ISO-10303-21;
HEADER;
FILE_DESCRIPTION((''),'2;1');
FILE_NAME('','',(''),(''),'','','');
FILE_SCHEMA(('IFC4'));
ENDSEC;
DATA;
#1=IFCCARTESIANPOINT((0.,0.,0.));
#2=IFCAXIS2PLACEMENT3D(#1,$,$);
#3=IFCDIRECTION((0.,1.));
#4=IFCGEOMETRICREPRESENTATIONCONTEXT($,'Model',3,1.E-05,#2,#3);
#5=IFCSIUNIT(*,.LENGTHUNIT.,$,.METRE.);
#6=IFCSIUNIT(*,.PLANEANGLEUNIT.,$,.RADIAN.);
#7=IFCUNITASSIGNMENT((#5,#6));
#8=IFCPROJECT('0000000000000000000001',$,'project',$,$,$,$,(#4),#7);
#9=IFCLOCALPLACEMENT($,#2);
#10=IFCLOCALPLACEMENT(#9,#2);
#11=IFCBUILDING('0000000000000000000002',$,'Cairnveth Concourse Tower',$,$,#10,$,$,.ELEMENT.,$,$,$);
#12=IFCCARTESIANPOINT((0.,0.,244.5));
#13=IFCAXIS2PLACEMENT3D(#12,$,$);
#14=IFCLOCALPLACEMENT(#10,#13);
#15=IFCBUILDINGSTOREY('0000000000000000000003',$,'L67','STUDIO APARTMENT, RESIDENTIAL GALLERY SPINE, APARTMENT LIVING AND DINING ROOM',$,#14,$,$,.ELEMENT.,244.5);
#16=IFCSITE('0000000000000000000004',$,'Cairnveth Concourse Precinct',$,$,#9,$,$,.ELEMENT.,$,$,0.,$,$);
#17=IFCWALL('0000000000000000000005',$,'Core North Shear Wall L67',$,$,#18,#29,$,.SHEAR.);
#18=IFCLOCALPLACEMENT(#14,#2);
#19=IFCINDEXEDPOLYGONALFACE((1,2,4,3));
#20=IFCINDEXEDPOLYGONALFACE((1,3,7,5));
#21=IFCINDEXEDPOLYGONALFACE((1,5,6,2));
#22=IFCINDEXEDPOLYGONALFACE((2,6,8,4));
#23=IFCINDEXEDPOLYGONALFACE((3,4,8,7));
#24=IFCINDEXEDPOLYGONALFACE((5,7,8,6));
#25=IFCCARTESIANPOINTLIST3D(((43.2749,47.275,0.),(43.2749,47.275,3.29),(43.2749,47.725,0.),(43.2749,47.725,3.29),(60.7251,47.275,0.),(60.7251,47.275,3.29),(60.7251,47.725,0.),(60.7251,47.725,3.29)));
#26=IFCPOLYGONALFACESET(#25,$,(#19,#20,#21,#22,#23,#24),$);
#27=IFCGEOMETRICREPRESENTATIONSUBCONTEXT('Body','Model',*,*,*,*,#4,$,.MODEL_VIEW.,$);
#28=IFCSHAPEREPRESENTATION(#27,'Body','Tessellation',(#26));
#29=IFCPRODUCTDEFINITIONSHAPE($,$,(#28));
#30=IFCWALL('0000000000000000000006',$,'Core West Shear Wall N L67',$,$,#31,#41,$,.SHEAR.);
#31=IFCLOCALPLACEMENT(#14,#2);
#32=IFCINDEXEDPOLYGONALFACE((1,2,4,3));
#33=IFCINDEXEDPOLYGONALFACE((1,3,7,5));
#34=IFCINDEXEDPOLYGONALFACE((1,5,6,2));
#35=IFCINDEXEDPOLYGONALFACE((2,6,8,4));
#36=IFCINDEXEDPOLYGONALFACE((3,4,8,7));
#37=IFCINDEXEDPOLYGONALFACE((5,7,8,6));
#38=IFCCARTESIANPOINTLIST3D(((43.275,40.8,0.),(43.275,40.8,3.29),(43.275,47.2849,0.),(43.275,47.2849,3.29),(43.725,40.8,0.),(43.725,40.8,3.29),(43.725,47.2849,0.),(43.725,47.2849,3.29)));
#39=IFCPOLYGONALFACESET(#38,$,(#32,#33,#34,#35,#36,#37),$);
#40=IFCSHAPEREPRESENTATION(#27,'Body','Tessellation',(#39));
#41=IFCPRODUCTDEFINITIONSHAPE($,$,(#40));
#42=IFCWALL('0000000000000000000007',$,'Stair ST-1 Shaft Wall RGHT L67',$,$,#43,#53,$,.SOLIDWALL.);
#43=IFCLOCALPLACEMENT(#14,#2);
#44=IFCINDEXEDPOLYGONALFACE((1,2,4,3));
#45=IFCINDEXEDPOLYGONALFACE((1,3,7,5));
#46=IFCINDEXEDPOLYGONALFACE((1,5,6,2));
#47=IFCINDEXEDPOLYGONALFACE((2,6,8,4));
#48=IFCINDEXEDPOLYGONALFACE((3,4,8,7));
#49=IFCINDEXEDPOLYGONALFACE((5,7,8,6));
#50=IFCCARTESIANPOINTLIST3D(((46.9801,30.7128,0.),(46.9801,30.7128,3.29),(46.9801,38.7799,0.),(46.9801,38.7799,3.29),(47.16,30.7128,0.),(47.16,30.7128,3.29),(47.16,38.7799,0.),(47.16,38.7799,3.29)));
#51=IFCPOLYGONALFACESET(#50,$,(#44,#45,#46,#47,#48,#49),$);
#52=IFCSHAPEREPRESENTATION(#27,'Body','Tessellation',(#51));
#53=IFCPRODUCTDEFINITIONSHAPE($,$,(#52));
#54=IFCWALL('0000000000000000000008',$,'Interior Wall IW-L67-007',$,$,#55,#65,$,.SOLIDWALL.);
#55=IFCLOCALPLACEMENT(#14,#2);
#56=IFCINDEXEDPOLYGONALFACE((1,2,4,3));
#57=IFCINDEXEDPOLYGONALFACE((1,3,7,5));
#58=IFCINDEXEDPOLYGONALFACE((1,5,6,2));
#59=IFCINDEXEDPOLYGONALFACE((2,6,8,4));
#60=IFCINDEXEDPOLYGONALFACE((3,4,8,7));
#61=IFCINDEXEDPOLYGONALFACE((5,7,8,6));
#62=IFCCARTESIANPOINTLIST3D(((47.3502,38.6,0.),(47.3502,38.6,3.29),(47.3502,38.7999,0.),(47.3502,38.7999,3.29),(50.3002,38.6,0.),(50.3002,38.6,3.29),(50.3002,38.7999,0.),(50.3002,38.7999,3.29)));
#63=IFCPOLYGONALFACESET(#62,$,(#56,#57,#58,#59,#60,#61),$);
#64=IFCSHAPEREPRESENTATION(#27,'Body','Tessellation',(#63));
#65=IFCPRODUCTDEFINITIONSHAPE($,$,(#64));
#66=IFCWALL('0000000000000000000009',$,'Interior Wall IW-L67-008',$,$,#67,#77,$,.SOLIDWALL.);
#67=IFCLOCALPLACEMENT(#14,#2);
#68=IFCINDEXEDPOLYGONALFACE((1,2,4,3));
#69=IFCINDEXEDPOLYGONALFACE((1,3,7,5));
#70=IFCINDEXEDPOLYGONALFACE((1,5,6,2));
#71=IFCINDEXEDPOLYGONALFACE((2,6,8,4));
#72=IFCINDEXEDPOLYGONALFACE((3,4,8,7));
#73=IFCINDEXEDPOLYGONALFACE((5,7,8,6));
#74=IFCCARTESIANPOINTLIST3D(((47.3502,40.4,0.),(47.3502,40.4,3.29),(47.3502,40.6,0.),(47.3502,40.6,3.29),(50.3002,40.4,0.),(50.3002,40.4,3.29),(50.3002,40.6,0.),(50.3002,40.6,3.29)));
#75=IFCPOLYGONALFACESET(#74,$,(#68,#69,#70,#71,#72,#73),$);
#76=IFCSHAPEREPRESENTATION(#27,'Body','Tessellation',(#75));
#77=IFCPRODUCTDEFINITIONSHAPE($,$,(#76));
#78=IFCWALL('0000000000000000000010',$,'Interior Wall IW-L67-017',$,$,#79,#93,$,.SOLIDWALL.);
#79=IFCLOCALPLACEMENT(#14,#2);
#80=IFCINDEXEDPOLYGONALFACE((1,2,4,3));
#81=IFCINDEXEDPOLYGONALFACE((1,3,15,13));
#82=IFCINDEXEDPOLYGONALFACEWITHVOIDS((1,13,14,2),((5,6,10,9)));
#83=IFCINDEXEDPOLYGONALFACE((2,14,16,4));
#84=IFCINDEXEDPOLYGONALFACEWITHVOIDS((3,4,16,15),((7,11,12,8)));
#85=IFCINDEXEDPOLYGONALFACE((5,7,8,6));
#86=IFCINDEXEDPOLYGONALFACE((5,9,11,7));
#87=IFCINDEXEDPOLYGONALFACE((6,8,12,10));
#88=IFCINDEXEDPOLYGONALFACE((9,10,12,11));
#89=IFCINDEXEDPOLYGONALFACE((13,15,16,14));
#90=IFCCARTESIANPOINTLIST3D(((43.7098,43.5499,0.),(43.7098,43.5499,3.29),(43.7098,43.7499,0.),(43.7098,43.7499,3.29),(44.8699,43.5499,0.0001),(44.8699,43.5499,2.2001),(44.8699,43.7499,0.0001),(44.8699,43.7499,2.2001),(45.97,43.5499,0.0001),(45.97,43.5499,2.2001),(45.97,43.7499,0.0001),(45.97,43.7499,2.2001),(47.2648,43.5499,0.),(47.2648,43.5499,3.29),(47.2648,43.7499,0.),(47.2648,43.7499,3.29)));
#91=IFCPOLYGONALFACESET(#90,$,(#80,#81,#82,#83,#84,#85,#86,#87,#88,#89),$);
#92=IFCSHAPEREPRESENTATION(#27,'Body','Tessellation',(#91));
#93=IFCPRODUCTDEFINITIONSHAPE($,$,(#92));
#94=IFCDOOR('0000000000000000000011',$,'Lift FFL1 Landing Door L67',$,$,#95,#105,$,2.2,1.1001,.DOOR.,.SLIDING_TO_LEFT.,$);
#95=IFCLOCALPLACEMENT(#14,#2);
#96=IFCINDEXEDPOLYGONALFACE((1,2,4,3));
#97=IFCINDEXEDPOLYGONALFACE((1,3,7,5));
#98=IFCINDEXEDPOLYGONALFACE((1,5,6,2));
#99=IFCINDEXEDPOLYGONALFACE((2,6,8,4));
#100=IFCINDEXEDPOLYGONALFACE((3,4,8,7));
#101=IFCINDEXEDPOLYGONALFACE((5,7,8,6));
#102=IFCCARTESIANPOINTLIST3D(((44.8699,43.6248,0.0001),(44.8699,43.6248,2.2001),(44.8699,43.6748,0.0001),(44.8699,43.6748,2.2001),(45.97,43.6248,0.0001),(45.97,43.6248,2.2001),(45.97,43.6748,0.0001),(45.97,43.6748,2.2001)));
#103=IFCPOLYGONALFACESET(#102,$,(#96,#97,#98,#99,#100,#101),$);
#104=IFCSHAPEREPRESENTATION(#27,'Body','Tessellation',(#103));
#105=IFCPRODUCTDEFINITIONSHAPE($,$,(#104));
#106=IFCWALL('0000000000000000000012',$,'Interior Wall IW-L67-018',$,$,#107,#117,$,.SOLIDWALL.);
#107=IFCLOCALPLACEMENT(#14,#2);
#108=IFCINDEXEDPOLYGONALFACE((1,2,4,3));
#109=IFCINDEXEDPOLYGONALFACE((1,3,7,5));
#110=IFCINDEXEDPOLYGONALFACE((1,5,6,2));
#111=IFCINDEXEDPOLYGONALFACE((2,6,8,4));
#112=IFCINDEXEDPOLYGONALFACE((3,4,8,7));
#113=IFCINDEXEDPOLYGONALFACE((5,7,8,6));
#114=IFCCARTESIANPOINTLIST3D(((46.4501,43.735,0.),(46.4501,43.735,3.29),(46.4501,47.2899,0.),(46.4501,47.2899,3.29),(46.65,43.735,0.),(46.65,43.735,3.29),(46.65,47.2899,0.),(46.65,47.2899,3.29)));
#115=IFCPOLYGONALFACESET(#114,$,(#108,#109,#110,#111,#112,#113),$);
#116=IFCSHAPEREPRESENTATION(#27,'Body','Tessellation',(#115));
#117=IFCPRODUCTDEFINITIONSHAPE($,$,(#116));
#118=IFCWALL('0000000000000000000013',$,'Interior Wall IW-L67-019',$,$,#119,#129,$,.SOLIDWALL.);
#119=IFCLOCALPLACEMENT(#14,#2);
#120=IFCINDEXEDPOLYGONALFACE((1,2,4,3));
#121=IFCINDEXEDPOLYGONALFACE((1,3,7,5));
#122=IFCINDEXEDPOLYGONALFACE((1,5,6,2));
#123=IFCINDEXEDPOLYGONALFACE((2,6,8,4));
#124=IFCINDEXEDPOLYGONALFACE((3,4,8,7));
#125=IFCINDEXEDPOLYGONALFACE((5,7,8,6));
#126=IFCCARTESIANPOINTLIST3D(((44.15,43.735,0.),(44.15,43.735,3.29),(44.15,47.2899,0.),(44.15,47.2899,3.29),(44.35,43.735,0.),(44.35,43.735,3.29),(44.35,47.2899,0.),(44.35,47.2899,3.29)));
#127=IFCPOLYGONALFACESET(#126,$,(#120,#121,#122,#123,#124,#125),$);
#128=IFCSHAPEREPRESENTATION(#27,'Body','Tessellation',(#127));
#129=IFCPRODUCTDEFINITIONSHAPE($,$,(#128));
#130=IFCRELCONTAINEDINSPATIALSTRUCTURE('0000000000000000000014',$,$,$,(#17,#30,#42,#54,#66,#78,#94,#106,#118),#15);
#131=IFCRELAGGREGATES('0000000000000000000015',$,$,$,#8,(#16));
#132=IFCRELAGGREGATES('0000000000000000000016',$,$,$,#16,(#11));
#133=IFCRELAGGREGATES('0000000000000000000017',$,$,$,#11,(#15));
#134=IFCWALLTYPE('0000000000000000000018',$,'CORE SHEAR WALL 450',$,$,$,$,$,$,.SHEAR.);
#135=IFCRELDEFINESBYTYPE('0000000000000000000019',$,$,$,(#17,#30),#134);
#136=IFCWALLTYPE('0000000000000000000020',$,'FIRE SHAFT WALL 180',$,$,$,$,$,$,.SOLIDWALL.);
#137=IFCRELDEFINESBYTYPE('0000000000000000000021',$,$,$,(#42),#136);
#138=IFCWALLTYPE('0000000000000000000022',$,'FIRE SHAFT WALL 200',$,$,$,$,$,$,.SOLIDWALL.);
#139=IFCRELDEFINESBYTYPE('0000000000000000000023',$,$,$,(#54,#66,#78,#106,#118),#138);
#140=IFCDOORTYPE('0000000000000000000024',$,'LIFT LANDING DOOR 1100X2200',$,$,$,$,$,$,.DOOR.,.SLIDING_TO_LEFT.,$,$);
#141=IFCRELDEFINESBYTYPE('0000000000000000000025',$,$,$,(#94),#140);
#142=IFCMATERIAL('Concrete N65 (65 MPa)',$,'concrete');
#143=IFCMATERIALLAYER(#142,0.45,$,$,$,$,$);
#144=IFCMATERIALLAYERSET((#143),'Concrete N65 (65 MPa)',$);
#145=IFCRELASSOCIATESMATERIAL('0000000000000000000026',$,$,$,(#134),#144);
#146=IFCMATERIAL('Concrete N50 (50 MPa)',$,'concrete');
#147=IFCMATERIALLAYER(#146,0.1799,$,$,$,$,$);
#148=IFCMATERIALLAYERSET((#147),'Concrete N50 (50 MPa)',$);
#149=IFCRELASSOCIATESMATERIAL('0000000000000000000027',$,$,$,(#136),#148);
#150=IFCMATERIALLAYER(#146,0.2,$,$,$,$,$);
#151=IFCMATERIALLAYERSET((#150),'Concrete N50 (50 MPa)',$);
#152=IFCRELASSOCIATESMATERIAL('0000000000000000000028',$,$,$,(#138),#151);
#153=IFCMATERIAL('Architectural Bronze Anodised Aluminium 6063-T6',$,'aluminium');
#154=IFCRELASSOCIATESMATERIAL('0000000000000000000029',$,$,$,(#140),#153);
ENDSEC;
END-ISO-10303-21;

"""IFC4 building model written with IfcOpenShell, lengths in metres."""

from ifc_helpers import new_model, si_unit, direction, frame, frame_2d, origin, place, context, subcontext, project, spatial, rectangle, extrude, material, layer, layer_set, type_object, element, fill, save


model = new_model("IFC4")

# Units and contexts
model_context = context("Model", 3, precision=1e-05, world=origin(), true_north=direction((0.0, 1.0)))
body_context = subcontext(model_context, "Body", "Model", "MODEL_VIEW")
ifc_project = project(units=[si_unit("LENGTHUNIT", "METRE"), si_unit("PLANEANGLEUNIT", "RADIAN")], contexts=[model_context])

# Site, building, storey
site_placement = place(None, origin())
site = spatial("IfcSite", under=ifc_project, at=site_placement, Name="Cairnveth Concourse Precinct", CompositionType="ELEMENT", RefElevation=0.0)
building_placement = place(site_placement, origin())
building = spatial("IfcBuilding", under=site, at=building_placement, Name="Cairnveth Concourse Tower", CompositionType="ELEMENT")
storey_placement = place(building_placement, frame((0.0, 0.0, 244.5)))
storey = spatial("IfcBuildingStorey", under=building, at=storey_placement, Name="L67", Description="STUDIO APARTMENT, RESIDENTIAL GALLERY SPINE, APARTMENT LIVING AND DINING ROOM", CompositionType="ELEMENT", Elevation=244.5)

# Shared definitions
ifc_material_1 = material(Name="Concrete N65 (65 MPa)", Category="concrete")

# Walls
ifc_layer_1 = layer(ifc_material_1, 0.45)
ifc_layer_set_1 = layer_set([ifc_layer_1], Name="Concrete N65 (65 MPa)")
wall_type_1 = type_object("IfcWallType", Name="CORE SHEAR WALL 450", PredefinedType="SHEAR", material=ifc_layer_set_1)
wall_1_placement = place(storey_placement, frame((43.2749, 47.5, 0.0), z_axis=(0.0, 0.0, 1.0), x_axis=(1.0, 0.0, 0.0)))
element("IfcWall", 1, at=wall_1_placement, inside=storey, type_object=wall_type_1, Name="Core North Shear Wall L67", PredefinedType="SHEAR", context=body_context, shape_type="SweptSolid", body=[
    extrude(rectangle(XDim=17.4502, YDim=0.45, at=frame_2d((8.7251, 0.0))), origin(), (0.0, 0.0, 1.0), 3.29),
])
wall_2_placement = place(storey_placement, frame((43.5, 40.8, 0.0), z_axis=(0.0, 0.0, 1.0), x_axis=(0.0, 1.0, 0.0)))
element("IfcWall", 2, at=wall_2_placement, inside=storey, type_object=wall_type_1, Name="Core West Shear Wall N L67", PredefinedType="SHEAR", context=body_context, shape_type="SweptSolid", body=[
    extrude(rectangle(XDim=6.4849, YDim=0.45, at=frame_2d((3.2424, 0.0))), origin(), (0.0, 0.0, 1.0), 3.29),
])

# Shared definitions
ifc_material_2 = material(Name="Concrete N50 (50 MPa)", Category="concrete")
ifc_layer_2 = layer(ifc_material_2, 0.1799)
ifc_layer_set_2 = layer_set([ifc_layer_2], Name="Concrete N50 (50 MPa)")
wall_type_2 = type_object("IfcWallType", Name="FIRE SHAFT WALL 180", PredefinedType="SOLIDWALL", material=ifc_layer_set_2)

# Walls
wall_3_placement = place(storey_placement, frame((47.0701, 38.78, 0.0), z_axis=(0.0, 0.0, 1.0), x_axis=(0.0, -1.0, 0.0)))
element("IfcWall", 3, at=wall_3_placement, inside=storey, type_object=wall_type_2, Name="Stair ST-1 Shaft Wall RGHT L67", PredefinedType="SOLIDWALL", context=body_context, shape_type="SweptSolid", body=[
    extrude(rectangle(XDim=8.0671, YDim=0.1799, at=frame_2d((4.0337, 0.0))), origin(), (0.0, 0.0, 1.0), 3.29),
])
ifc_layer_3 = layer(ifc_material_2, 0.2)
ifc_layer_set_3 = layer_set([ifc_layer_3], Name="Concrete N50 (50 MPa)")
wall_type_3 = type_object("IfcWallType", Name="FIRE SHAFT WALL 200", PredefinedType="SOLIDWALL", material=ifc_layer_set_3)
for number, where, z_axis, x_axis, name in (
    (4, (47.3501, 38.7, 0.0), (0.0, 0.0, 1.0), (1.0, 0.0, 0.0), "Interior Wall IW-L67-007"),
    (5, (47.3501, 40.5, 0.0), (0.0, 0.0, 1.0), (1.0, 0.0, 0.0), "Interior Wall IW-L67-008"),
):
    element("IfcWall", number, at=place(storey_placement, frame(where, z_axis=z_axis, x_axis=x_axis)), inside=storey, type_object=wall_type_3, Name=name, PredefinedType="SOLIDWALL", context=body_context, shape_type="SweptSolid", body=[
        extrude(rectangle(XDim=2.95, YDim=0.2, at=frame_2d((1.4751, 0.0))), origin(), (0.0, 0.0, 1.0), 3.29),
    ])

# Wall, opening, door
wall_4_placement = place(storey_placement, frame((43.71, 43.6499, 0.0), z_axis=(0.0, 0.0, 1.0), x_axis=(1.0, 0.0, 0.0)))
wall_4 = element("IfcWall", 6, at=wall_4_placement, inside=storey, type_object=wall_type_3, Name="Interior Wall IW-L67-017", PredefinedType="SOLIDWALL", context=body_context, shape_type="SweptSolid", body=[
    extrude(rectangle(XDim=3.5549, YDim=0.2, at=frame_2d((1.7773, 0.0))), origin(), (0.0, 0.0, 1.0), 3.29),
])
opening_1_placement = place(wall_4_placement, frame((1.1599, 0.0, 0.0)))
opening_1 = element("IfcOpeningElement", 7, at=opening_1_placement, cuts=wall_4, PredefinedType="OPENING", context=body_context, shape_type="SweptSolid", body=[
    extrude(rectangle(XDim=1.1001, YDim=2.2, at=frame_2d((0.55, 1.1001))), frame((0.0, 0.1099, 0.0), z_axis=(0.0, -1.0, 0.0), x_axis=(1.0, 0.0, 0.0)), (0.0, 0.0, 1.0), 0.22),
])
ifc_material_3 = material(Name="Architectural Bronze Anodised Aluminium 6063-T6", Category="aluminium")
door_type_1 = type_object("IfcDoorType", Name="LIFT LANDING DOOR 1100X2200", OperationType="SLIDING_TO_LEFT", PredefinedType="DOOR", material=ifc_material_3)
door_1_placement = place(opening_1_placement, origin())
door_1 = element("IfcDoor", 8, at=door_1_placement, inside=storey, type_object=door_type_1, Name="Lift FFL1 Landing Door L67", OperationType="SLIDING_TO_LEFT", OverallHeight=2.2, OverallWidth=1.1001, PredefinedType="DOOR", context=body_context, shape_type="SweptSolid", body=[
    extrude(rectangle(XDim=1.1001, YDim=2.2, at=frame_2d((0.55, 1.1001))), frame((0.0, 0.0249, 0.0), z_axis=(0.0, -1.0, 0.0), x_axis=(1.0, 0.0, 0.0)), (0.0, 0.0, 1.0), 0.05),
])
fill(opening_1, door_1)

# Walls
for number, where, z_axis, x_axis, name in (
    (9, (46.55, 43.7351, 0.0), (0.0, 0.0, 1.0), (0.0, 1.0, 0.0), "Interior Wall IW-L67-018"),
    (10, (44.25, 43.7351, 0.0), (0.0, 0.0, 1.0), (0.0, 1.0, 0.0), "Interior Wall IW-L67-019"),
):
    element("IfcWall", number, at=place(storey_placement, frame(where, z_axis=z_axis, x_axis=x_axis)), inside=storey, type_object=wall_type_3, Name=name, PredefinedType="SOLIDWALL", context=body_context, shape_type="SweptSolid", body=[
        extrude(rectangle(XDim=3.5549, YDim=0.2, at=frame_2d((1.7773, 0.0))), origin(), (0.0, 0.0, 1.0), 3.29),
    ])

save(model, "model.ifc")
